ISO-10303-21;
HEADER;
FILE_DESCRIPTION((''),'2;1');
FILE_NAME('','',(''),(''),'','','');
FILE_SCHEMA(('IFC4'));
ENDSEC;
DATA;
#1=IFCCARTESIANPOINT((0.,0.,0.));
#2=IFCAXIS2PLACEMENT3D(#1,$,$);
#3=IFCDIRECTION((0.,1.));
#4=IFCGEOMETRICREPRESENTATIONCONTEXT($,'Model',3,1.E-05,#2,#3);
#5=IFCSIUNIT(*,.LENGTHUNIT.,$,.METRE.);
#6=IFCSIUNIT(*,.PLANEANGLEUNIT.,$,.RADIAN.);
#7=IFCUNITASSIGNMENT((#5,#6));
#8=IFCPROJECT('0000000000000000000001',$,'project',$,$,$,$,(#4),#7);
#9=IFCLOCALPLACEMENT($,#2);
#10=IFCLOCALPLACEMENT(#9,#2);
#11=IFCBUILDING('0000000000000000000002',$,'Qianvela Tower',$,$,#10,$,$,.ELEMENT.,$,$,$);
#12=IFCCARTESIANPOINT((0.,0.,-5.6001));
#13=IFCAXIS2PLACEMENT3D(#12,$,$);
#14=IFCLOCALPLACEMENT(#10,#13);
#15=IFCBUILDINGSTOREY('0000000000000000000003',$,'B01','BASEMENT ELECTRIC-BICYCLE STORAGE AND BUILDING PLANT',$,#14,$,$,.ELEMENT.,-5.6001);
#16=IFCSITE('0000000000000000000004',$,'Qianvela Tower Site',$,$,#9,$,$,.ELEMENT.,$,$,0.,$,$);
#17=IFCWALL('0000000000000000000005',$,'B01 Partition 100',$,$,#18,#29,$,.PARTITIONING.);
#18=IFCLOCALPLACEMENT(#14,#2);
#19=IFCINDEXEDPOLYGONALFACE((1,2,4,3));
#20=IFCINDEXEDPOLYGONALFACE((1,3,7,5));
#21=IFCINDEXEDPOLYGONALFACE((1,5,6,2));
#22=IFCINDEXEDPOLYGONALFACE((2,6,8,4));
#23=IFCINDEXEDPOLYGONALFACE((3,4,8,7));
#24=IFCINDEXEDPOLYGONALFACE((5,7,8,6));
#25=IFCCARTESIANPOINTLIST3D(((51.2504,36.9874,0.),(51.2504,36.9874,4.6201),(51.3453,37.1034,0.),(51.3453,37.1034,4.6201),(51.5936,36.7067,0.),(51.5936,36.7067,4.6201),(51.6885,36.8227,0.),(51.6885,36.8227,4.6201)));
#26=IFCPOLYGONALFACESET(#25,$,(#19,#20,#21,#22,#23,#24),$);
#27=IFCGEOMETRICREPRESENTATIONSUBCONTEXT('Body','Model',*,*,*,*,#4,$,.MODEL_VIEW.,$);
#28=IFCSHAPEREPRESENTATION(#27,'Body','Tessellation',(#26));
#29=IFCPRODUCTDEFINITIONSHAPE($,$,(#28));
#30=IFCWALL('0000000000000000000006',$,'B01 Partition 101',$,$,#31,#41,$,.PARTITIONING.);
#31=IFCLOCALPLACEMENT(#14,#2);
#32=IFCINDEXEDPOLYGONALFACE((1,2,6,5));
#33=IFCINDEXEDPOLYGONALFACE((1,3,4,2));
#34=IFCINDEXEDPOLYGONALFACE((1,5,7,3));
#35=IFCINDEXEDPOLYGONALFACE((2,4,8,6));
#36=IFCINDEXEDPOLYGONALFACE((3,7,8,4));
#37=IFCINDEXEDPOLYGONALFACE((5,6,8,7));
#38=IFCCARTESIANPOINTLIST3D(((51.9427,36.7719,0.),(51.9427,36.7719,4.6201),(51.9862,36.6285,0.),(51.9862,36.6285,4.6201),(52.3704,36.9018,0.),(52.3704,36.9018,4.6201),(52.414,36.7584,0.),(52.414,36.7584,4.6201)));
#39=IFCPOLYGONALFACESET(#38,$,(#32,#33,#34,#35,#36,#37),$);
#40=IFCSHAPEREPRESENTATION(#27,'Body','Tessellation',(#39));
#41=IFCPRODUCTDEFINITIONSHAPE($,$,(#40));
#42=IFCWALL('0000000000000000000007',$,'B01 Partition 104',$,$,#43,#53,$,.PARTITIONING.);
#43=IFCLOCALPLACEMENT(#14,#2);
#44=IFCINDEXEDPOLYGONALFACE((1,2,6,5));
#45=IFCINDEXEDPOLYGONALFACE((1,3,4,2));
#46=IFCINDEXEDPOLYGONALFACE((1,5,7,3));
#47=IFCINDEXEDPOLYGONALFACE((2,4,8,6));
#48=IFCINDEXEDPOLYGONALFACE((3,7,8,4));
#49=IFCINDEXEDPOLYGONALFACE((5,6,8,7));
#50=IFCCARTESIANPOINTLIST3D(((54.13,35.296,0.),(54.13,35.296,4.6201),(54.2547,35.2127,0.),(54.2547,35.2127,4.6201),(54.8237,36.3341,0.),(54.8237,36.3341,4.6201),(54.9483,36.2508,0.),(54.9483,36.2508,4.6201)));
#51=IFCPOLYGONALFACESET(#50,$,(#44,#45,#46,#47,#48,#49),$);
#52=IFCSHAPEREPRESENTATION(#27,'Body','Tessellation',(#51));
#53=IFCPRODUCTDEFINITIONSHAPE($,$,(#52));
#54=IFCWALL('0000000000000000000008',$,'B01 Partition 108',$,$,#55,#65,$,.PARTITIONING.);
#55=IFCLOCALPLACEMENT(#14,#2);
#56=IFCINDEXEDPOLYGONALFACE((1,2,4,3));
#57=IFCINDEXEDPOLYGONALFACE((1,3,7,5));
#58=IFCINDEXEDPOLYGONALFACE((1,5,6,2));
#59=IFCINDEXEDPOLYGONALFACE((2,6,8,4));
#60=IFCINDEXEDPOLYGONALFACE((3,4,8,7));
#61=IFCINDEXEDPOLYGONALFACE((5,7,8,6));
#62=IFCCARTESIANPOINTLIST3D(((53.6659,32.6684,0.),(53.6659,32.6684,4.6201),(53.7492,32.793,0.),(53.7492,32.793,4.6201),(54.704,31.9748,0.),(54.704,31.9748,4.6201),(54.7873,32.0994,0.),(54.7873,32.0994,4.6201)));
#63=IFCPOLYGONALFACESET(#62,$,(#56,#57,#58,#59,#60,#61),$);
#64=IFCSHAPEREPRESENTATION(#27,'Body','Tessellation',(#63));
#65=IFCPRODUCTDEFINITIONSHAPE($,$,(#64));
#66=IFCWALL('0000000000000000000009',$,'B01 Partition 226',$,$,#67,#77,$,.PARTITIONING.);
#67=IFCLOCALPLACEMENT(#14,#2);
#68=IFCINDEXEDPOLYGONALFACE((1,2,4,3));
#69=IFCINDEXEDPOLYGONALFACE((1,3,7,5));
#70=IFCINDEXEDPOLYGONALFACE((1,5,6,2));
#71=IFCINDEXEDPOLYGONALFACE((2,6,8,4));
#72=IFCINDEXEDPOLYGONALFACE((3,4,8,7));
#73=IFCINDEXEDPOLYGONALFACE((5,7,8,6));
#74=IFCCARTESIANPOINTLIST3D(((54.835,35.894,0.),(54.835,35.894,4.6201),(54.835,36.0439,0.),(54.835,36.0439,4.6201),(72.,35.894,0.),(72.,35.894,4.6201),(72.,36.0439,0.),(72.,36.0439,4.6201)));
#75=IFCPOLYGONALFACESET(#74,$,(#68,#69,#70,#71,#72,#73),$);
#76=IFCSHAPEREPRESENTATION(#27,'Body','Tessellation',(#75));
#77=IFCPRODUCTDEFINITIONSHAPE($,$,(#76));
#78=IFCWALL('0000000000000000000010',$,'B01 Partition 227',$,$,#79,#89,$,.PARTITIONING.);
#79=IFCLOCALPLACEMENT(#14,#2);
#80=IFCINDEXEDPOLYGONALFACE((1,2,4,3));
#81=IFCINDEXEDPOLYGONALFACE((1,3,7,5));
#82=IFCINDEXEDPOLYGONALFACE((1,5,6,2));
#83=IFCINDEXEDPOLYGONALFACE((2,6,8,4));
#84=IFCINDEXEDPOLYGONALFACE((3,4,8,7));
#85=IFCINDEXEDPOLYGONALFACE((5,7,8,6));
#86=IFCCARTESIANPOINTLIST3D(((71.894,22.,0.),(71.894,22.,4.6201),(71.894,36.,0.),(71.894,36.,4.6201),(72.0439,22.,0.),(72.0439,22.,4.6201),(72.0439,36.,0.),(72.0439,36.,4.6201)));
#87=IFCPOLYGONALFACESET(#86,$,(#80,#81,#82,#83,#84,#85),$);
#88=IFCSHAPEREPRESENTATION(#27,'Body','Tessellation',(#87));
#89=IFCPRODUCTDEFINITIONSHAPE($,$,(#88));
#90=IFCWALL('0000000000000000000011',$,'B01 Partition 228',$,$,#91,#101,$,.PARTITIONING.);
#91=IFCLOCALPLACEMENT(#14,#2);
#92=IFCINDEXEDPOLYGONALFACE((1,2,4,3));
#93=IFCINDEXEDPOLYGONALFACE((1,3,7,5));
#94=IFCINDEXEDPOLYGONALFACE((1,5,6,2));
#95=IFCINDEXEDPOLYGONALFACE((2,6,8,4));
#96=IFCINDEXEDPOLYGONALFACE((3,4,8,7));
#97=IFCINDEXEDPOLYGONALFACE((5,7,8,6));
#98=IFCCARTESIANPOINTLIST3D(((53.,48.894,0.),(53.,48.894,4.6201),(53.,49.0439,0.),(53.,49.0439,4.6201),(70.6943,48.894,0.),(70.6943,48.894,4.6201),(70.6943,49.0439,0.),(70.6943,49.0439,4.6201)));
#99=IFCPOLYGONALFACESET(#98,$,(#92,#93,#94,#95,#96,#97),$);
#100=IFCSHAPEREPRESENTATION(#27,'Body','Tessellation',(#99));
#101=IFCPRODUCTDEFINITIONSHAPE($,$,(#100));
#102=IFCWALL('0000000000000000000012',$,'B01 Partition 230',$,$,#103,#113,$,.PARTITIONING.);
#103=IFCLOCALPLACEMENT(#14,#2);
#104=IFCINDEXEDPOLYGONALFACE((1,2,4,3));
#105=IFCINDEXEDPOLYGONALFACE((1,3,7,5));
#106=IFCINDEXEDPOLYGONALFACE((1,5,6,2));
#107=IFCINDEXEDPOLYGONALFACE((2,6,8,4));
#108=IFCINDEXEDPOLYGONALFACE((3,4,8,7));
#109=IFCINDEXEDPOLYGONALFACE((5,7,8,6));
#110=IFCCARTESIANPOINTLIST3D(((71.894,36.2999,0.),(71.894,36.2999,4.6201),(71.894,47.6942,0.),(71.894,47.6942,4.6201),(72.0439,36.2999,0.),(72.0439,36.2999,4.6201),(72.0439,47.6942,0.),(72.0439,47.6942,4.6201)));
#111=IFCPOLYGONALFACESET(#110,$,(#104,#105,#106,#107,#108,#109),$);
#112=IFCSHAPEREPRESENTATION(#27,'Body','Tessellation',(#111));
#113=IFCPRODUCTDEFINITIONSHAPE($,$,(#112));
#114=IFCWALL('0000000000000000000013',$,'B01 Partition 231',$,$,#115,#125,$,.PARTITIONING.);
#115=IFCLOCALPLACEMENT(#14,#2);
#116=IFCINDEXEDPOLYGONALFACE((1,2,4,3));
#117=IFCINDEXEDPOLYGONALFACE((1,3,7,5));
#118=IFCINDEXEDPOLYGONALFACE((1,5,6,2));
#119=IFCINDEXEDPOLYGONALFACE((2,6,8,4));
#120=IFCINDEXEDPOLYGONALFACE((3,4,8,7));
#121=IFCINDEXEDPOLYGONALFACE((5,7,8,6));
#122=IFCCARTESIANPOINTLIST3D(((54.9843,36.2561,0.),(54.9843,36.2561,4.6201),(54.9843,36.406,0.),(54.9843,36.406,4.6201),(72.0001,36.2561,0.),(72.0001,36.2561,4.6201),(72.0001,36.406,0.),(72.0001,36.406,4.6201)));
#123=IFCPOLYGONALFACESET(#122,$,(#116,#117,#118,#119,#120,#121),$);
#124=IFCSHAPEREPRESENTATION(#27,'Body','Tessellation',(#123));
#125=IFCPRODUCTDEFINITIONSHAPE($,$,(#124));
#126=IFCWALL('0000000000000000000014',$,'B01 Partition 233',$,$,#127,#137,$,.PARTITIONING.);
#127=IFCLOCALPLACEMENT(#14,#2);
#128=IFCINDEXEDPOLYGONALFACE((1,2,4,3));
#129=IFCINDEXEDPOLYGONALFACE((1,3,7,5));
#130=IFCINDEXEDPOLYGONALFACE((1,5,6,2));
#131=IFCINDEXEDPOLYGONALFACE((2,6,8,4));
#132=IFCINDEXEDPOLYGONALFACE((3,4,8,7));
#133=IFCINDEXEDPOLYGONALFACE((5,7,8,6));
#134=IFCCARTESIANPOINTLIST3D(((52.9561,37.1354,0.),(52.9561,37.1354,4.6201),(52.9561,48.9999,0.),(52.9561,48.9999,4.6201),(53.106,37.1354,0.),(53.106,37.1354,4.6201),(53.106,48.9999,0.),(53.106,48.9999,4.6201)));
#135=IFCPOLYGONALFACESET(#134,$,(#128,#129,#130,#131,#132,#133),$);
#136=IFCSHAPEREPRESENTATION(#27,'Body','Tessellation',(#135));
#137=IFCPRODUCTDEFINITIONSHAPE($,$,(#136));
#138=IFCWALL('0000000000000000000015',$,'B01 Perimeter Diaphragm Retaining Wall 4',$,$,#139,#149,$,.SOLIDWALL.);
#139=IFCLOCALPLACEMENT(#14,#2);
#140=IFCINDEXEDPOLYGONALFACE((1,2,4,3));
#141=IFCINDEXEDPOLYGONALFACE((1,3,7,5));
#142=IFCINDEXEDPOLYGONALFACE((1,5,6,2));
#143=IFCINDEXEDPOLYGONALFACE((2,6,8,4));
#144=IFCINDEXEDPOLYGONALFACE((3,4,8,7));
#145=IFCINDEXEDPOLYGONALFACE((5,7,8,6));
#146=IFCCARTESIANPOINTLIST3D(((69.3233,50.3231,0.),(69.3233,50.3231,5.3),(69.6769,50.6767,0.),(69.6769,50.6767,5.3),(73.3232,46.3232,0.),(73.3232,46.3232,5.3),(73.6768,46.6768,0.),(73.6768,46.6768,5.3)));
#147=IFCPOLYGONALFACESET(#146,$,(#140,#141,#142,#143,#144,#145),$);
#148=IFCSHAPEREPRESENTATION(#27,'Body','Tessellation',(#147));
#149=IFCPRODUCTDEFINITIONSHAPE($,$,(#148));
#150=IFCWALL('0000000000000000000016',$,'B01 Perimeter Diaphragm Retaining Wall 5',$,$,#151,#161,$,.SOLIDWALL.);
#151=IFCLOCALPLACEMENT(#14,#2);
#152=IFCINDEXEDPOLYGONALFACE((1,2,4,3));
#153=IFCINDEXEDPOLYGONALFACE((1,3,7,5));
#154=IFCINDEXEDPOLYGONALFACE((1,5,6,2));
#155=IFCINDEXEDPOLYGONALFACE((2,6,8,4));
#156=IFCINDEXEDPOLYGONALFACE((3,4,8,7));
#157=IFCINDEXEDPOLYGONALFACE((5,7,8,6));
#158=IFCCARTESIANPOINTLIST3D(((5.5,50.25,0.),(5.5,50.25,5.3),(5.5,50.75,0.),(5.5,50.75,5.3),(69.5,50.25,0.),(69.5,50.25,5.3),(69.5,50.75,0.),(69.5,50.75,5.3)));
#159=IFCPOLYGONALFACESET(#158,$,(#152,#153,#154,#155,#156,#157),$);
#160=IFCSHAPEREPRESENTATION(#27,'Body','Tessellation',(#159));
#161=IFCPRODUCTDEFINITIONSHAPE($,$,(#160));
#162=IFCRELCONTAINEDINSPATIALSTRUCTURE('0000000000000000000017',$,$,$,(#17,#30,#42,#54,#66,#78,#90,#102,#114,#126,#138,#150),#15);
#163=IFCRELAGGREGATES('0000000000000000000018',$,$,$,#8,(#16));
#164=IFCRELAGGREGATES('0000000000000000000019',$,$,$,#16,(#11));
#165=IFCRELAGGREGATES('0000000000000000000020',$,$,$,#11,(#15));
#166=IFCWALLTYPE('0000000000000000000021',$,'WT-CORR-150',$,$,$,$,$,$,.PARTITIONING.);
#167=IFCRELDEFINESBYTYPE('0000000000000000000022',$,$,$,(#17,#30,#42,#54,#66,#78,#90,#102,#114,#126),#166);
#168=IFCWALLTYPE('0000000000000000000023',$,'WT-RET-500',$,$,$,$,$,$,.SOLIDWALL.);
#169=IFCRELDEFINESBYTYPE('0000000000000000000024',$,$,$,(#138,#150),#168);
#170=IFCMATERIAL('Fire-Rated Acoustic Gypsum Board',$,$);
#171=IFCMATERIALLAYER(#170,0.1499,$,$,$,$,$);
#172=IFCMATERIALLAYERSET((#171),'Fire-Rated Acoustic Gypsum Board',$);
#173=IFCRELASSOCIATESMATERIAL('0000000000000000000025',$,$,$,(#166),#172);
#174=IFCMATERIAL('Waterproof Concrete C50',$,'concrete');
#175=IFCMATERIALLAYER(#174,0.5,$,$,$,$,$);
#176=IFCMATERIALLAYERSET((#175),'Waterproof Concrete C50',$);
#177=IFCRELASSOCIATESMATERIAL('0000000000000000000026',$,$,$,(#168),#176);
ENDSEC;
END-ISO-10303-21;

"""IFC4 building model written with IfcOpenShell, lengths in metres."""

from ifc_helpers import new_model, si_unit, direction, frame, frame_2d, origin, place, context, subcontext, project, spatial, rectangle, extrude, material, layer, layer_set, type_object, element, save


model = new_model("IFC4")

# Units and contexts
model_context = context("Model", 3, precision=1e-05, world=origin(), true_north=direction((0.0, 1.0)))
body_context = subcontext(model_context, "Body", "Model", "MODEL_VIEW")
ifc_project = project(units=[si_unit("LENGTHUNIT", "METRE"), si_unit("PLANEANGLEUNIT", "RADIAN")], contexts=[model_context])

# Site, building, storey
site_placement = place(None, origin())
site = spatial("IfcSite", under=ifc_project, at=site_placement, Name="Qianvela Tower Site", CompositionType="ELEMENT", RefElevation=0.0)
building_placement = place(site_placement, origin())
building = spatial("IfcBuilding", under=site, at=building_placement, Name="Qianvela Tower", CompositionType="ELEMENT")
storey_placement = place(building_placement, frame((0.0, 0.0, -5.6001)))
storey = spatial("IfcBuildingStorey", under=building, at=storey_placement, Name="B01", Description="BASEMENT ELECTRIC-BICYCLE STORAGE AND BUILDING PLANT", CompositionType="ELEMENT", Elevation=-5.6001)

# Walls
ifc_material_1 = material(Name="Fire-Rated Acoustic Gypsum Board")
ifc_layer_1 = layer(ifc_material_1, 0.1499)
ifc_layer_set_1 = layer_set([ifc_layer_1], Name="Fire-Rated Acoustic Gypsum Board")
wall_type_1 = type_object("IfcWallType", Name="WT-CORR-150", PredefinedType="PARTITIONING", material=ifc_layer_set_1)
wall_1_placement = place(storey_placement, frame((51.2979, 37.0454, 0.0), z_axis=(0.0, 0.0, 1.0), x_axis=(0.774055, -0.633118, 0.0)))
element("IfcWall", 1, at=wall_1_placement, inside=storey, type_object=wall_type_1, Name="B01 Partition 100", PredefinedType="PARTITIONING", context=body_context, shape_type="SweptSolid", body=[
    extrude(rectangle(XDim=0.4434, YDim=0.1499, at=frame_2d((0.2217, 0.0))), origin(), (0.0, 0.0, 1.0), 4.6201),
])
wall_2_placement = place(storey_placement, frame((51.9644, 36.7002, 0.0), z_axis=(0.0, 0.0, 1.0), x_axis=(0.956859, 0.290553, 0.0)))
element("IfcWall", 2, at=wall_2_placement, inside=storey, type_object=wall_type_1, Name="B01 Partition 101", PredefinedType="PARTITIONING", context=body_context, shape_type="SweptSolid", body=[
    extrude(rectangle(XDim=0.447, YDim=0.1499, at=frame_2d((0.2236, 0.0))), origin(), (0.0, 0.0, 1.0), 4.6201),
])

# Wall
wall_3_placement = place(storey_placement, frame((54.886, 36.2925, 0.0), z_axis=(0.0, 0.0, 1.0), x_axis=(-0.555557, -0.831478, 0.0)))
element("IfcWall", 3, at=wall_3_placement, inside=storey, type_object=wall_type_1, Name="B01 Partition 104", PredefinedType="PARTITIONING", context=body_context, shape_type="SweptSolid", body=[
    extrude(rectangle(XDim=1.2485, YDim=0.1499, at=frame_2d((0.6243, 0.0))), origin(), (0.0, 0.0, 1.0), 4.6201),
])

# Walls
wall_4_placement = place(storey_placement, frame((53.7075, 32.7307, 0.0), z_axis=(0.0, 0.0, 1.0), x_axis=(0.831478, -0.555557, 0.0)))
element("IfcWall", 4, at=wall_4_placement, inside=storey, type_object=wall_type_1, Name="B01 Partition 108", PredefinedType="PARTITIONING", context=body_context, shape_type="SweptSolid", body=[
    extrude(rectangle(XDim=1.2485, YDim=0.1499, at=frame_2d((0.6243, 0.0))), origin(), (0.0, 0.0, 1.0), 4.6201),
])
wall_5_placement = place(storey_placement, frame((54.835, 35.969, 0.0), z_axis=(0.0, 0.0, 1.0), x_axis=(1.0, 0.0, 0.0)))
element("IfcWall", 5, at=wall_5_placement, inside=storey, type_object=wall_type_1, Name="B01 Partition 226", PredefinedType="PARTITIONING", context=body_context, shape_type="SweptSolid", body=[
    extrude(rectangle(XDim=17.165, YDim=0.1499, at=frame_2d((8.5825, 0.0))), origin(), (0.0, 0.0, 1.0), 4.6201),
])
wall_6_placement = place(storey_placement, frame((71.969, 36.0, 0.0), z_axis=(0.0, 0.0, 1.0), x_axis=(0.0, -1.0, 0.0)))
element("IfcWall", 6, at=wall_6_placement, inside=storey, type_object=wall_type_1, Name="B01 Partition 227", PredefinedType="PARTITIONING", context=body_context, shape_type="SweptSolid", body=[
    extrude(rectangle(XDim=14.0, YDim=0.1499, at=frame_2d((7.0, 0.0))), origin(), (0.0, 0.0, 1.0), 4.6201),
])
wall_7_placement = place(storey_placement, frame((53.0, 48.969, 0.0), z_axis=(0.0, 0.0, 1.0), x_axis=(1.0, 0.0, 0.0)))
element("IfcWall", 7, at=wall_7_placement, inside=storey, type_object=wall_type_1, Name="B01 Partition 228", PredefinedType="PARTITIONING", context=body_context, shape_type="SweptSolid", body=[
    extrude(rectangle(XDim=17.6943, YDim=0.1499, at=frame_2d((8.8472, 0.0))), origin(), (0.0, 0.0, 1.0), 4.6201),
])
wall_8_placement = place(storey_placement, frame((71.969, 47.6943, 0.0), z_axis=(0.0, 0.0, 1.0), x_axis=(0.0, -1.0, 0.0)))
element("IfcWall", 8, at=wall_8_placement, inside=storey, type_object=wall_type_1, Name="B01 Partition 230", PredefinedType="PARTITIONING", context=body_context, shape_type="SweptSolid", body=[
    extrude(rectangle(XDim=11.3943, YDim=0.1499, at=frame_2d((5.6973, 0.0))), origin(), (0.0, 0.0, 1.0), 4.6201),
])
wall_9_placement = place(storey_placement, frame((72.0, 36.3311, 0.0), z_axis=(0.0, 0.0, 1.0), x_axis=(-1.0, 0.0, 0.0)))
element("IfcWall", 9, at=wall_9_placement, inside=storey, type_object=wall_type_1, Name="B01 Partition 231", PredefinedType="PARTITIONING", context=body_context, shape_type="SweptSolid", body=[
    extrude(rectangle(XDim=17.0159, YDim=0.1499, at=frame_2d((8.5078, 0.0))), origin(), (0.0, 0.0, 1.0), 4.6201),
])
wall_10_placement = place(storey_placement, frame((53.031, 37.1355, 0.0), z_axis=(0.0, 0.0, 1.0), x_axis=(0.0, 1.0, 0.0)))
element("IfcWall", 10, at=wall_10_placement, inside=storey, type_object=wall_type_1, Name="B01 Partition 233", PredefinedType="PARTITIONING", context=body_context, shape_type="SweptSolid", body=[
    extrude(rectangle(XDim=11.8645, YDim=0.1499, at=frame_2d((5.9321, 0.0))), origin(), (0.0, 0.0, 1.0), 4.6201),
])
ifc_material_2 = material(Name="Waterproof Concrete C50", Category="concrete")
ifc_layer_2 = layer(ifc_material_2, 0.5)
ifc_layer_set_2 = layer_set([ifc_layer_2], Name="Waterproof Concrete C50")
wall_type_2 = type_object("IfcWallType", Name="WT-RET-500", PredefinedType="SOLIDWALL", material=ifc_layer_set_2)
wall_11_placement = place(storey_placement, frame((73.5, 46.5, 0.0), z_axis=(0.0, 0.0, 1.0), x_axis=(-0.707107, 0.707107, 0.0)))
element("IfcWall", 11, at=wall_11_placement, inside=storey, type_object=wall_type_2, Name="B01 Perimeter Diaphragm Retaining Wall 4", PredefinedType="SOLIDWALL", context=body_context, shape_type="SweptSolid", body=[
    extrude(rectangle(XDim=5.6567, YDim=0.5, at=frame_2d((2.8284, 0.0))), origin(), (0.0, 0.0, 1.0), 5.3),
])
wall_12_placement = place(storey_placement, frame((69.5, 50.5, 0.0), z_axis=(0.0, 0.0, 1.0), x_axis=(-1.0, 0.0, 0.0)))
element("IfcWall", 12, at=wall_12_placement, inside=storey, type_object=wall_type_2, Name="B01 Perimeter Diaphragm Retaining Wall 5", PredefinedType="SOLIDWALL", context=body_context, shape_type="SweptSolid", body=[
    extrude(rectangle(XDim=64.0, YDim=0.5, at=frame_2d((32.0, 0.0))), origin(), (0.0, 0.0, 1.0), 5.3),
])

save(model, "model.ifc")
